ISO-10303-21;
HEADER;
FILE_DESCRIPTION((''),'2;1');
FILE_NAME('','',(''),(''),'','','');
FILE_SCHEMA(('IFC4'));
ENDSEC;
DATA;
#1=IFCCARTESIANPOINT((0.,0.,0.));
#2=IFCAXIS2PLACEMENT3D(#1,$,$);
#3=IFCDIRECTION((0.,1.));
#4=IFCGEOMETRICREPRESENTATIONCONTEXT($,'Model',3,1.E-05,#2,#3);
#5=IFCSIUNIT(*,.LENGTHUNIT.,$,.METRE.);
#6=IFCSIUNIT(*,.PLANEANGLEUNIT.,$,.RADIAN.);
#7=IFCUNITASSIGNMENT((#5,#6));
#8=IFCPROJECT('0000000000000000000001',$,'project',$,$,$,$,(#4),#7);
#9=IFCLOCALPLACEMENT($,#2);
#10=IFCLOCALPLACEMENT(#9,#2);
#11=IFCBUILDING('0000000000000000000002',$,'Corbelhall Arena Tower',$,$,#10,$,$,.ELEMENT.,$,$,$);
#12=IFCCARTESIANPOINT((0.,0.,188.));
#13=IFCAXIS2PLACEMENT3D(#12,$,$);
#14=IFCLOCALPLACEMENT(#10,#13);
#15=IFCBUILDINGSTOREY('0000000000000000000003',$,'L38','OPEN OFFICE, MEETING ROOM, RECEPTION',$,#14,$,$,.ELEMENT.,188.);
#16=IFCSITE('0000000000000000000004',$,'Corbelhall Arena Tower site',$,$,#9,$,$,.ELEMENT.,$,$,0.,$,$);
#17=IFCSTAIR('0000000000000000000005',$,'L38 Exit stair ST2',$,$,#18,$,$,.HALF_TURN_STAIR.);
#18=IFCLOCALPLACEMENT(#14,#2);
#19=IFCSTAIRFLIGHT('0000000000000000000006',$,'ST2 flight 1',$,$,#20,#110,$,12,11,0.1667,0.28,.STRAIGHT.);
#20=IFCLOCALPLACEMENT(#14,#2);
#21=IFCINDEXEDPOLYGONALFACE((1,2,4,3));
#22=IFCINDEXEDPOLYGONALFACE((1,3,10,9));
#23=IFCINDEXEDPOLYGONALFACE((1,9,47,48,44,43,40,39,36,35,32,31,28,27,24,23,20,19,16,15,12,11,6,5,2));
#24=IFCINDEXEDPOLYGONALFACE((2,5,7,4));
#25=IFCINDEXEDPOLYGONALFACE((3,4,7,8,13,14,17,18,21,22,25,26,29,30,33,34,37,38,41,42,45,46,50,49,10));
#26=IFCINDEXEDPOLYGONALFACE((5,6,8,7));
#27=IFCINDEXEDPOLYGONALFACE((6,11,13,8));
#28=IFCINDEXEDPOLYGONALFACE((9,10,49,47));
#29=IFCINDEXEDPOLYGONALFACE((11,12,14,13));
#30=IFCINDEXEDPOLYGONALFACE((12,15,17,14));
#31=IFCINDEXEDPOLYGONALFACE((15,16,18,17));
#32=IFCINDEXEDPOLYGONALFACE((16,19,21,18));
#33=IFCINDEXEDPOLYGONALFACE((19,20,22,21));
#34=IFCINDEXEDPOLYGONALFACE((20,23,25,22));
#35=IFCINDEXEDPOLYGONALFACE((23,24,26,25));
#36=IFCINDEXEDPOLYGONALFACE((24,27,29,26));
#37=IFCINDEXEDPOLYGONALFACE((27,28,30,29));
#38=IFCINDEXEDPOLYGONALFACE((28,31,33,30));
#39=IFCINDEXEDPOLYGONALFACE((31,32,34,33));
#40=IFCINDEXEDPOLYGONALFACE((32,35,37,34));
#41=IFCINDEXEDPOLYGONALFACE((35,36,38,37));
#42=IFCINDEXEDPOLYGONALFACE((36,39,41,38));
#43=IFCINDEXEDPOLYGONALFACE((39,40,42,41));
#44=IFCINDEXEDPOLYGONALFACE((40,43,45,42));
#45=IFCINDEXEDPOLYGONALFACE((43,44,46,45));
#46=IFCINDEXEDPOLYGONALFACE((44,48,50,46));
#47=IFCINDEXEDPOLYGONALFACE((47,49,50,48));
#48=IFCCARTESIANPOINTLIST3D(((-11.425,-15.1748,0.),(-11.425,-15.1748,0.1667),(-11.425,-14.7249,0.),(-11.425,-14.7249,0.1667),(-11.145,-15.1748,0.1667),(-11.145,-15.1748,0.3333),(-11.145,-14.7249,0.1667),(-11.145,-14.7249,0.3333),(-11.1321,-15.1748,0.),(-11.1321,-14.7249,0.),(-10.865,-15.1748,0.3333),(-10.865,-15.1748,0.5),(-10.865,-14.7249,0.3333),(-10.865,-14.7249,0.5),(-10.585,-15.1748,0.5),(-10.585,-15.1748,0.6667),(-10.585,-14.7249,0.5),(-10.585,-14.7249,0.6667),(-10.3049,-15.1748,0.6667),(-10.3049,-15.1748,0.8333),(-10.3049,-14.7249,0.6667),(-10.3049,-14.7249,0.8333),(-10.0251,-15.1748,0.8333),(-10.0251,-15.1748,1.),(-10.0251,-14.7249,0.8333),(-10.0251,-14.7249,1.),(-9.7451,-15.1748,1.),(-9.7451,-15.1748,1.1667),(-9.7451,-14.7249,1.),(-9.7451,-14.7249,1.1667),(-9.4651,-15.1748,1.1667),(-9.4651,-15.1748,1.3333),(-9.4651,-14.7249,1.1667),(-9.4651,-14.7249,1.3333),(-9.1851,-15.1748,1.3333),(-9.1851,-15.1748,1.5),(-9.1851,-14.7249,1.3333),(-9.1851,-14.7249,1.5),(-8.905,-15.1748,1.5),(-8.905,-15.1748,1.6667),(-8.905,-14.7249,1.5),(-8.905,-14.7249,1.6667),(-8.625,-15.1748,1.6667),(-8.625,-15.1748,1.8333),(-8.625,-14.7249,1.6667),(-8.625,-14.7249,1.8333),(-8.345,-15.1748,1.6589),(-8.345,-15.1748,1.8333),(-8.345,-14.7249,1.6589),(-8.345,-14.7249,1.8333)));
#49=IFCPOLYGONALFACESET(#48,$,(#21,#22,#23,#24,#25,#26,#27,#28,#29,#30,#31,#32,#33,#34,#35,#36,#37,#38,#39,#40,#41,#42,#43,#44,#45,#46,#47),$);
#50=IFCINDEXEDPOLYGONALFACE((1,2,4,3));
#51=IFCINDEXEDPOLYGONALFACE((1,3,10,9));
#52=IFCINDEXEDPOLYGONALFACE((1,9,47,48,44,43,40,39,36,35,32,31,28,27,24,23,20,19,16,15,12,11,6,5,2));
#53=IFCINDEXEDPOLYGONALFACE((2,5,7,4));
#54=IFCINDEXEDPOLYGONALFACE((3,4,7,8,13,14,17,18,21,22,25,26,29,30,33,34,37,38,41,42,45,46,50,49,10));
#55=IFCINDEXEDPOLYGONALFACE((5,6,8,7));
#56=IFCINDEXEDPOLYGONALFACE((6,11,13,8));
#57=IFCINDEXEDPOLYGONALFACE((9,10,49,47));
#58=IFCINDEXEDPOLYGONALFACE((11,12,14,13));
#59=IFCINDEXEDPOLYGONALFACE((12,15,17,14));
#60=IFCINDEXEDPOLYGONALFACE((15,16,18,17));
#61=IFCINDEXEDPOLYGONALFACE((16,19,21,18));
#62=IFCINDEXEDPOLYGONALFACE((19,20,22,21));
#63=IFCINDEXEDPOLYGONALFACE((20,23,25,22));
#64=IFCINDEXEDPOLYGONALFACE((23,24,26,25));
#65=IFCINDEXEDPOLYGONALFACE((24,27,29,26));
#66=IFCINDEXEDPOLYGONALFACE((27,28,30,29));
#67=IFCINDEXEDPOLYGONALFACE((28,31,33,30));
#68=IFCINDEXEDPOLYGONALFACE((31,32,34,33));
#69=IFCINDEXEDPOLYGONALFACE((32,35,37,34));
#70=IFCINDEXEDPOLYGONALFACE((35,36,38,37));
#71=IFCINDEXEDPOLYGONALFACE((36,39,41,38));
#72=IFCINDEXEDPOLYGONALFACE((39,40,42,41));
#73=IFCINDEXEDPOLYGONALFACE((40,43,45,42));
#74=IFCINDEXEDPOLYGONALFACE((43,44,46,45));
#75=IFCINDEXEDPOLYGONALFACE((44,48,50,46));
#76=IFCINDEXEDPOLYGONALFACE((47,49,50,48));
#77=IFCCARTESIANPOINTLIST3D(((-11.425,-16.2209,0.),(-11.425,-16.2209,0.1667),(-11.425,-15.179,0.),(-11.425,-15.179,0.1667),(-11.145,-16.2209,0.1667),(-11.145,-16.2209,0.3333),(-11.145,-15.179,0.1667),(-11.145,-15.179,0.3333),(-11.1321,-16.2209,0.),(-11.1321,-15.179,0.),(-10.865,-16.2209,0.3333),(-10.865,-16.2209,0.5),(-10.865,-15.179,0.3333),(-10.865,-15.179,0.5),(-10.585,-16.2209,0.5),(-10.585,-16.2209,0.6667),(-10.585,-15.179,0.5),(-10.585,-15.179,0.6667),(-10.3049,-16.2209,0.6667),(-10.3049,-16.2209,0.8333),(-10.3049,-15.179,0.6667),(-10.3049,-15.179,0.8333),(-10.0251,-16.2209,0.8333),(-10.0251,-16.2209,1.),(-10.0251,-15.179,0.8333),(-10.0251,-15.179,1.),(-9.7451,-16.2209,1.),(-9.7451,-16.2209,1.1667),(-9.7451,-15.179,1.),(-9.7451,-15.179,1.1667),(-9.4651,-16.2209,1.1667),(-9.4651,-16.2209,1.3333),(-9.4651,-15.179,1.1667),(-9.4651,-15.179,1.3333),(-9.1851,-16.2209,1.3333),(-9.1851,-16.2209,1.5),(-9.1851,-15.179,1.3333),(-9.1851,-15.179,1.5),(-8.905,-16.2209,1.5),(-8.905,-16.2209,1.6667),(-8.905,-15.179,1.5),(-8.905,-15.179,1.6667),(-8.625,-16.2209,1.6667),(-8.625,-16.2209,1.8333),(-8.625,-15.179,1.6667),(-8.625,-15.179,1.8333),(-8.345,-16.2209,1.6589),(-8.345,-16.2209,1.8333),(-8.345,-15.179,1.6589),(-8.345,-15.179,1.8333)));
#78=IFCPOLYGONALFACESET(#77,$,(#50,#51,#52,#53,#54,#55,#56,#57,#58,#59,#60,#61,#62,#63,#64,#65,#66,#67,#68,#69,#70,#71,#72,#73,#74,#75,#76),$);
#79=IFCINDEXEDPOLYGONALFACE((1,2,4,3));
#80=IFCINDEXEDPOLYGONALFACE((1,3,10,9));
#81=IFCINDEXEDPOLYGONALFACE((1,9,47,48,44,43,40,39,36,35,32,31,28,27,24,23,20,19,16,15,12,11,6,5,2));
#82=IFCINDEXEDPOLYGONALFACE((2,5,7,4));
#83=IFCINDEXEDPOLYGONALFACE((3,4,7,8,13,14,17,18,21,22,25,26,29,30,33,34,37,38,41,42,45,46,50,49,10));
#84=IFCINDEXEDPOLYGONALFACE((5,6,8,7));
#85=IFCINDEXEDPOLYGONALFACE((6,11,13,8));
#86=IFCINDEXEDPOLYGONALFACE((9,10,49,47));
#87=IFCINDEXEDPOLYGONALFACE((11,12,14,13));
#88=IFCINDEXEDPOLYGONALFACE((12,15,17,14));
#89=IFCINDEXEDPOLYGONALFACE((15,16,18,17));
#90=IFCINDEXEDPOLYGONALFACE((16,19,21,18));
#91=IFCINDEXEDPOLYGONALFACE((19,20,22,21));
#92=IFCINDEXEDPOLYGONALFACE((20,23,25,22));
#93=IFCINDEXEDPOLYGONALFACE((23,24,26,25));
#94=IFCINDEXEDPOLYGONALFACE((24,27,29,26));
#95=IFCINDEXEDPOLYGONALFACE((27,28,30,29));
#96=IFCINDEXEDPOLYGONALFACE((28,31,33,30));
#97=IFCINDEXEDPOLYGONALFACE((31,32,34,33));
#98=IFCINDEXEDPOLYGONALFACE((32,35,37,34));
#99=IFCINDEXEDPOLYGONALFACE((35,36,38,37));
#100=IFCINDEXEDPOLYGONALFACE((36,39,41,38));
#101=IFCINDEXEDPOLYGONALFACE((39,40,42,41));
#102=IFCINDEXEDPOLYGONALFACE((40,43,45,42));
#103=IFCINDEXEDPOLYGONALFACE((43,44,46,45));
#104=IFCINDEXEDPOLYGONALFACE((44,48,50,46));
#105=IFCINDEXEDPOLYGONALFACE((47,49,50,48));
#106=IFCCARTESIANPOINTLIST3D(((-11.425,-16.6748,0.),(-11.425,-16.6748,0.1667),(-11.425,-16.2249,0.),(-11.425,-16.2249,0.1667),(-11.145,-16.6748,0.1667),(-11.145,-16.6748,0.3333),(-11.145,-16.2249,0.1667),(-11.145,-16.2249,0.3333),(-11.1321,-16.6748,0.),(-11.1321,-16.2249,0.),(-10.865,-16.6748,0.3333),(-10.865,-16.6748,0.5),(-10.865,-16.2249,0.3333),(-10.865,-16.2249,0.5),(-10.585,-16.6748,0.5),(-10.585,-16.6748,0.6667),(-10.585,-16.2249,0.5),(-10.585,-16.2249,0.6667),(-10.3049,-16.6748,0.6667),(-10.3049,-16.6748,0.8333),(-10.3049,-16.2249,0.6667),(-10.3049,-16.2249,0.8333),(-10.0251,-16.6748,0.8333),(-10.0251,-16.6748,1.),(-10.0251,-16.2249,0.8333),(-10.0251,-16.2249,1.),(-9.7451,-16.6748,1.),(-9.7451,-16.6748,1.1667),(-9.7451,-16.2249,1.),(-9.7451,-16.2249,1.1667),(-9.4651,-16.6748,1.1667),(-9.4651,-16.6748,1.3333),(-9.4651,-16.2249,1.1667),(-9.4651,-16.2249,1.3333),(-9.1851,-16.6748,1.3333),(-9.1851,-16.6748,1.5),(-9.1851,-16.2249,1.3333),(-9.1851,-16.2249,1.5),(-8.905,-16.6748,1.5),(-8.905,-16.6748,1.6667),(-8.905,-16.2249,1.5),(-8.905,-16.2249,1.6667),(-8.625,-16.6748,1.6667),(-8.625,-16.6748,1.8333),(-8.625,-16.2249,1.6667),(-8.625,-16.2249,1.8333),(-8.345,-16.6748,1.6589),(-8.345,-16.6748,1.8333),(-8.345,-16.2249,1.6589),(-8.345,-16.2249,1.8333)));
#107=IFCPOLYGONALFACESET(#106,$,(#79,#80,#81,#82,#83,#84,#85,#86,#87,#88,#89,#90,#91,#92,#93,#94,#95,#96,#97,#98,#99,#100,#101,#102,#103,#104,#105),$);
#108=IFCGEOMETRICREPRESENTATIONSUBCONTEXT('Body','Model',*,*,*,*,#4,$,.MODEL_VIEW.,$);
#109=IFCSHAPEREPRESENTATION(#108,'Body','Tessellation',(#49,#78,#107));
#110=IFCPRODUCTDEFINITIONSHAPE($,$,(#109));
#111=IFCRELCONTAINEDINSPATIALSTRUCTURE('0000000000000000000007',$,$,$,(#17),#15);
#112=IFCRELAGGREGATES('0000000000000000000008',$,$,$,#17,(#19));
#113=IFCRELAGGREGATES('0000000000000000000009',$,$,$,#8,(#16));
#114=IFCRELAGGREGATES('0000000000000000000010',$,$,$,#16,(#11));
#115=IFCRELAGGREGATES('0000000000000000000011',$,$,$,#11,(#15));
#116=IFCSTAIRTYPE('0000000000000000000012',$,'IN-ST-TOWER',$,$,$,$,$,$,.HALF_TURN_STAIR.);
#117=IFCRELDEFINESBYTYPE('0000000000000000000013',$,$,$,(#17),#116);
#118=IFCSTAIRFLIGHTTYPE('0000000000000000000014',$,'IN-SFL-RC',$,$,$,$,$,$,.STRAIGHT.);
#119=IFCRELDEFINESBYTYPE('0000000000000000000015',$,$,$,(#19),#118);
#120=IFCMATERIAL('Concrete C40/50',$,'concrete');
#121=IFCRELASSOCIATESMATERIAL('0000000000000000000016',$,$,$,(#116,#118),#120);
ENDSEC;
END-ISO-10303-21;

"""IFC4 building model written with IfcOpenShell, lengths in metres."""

from ifc_helpers import new_model, si_unit, direction, frame, origin, place, context, subcontext, project, spatial, polyline, outline, extrude, material, type_object, element, aggregate, save


model = new_model("IFC4")

# Units and contexts
model_context = context("Model", 3, precision=1e-05, world=origin(), true_north=direction((0.0, 1.0)))
body_context = subcontext(model_context, "Body", "Model", "MODEL_VIEW")
ifc_project = project(units=[si_unit("LENGTHUNIT", "METRE"), si_unit("PLANEANGLEUNIT", "RADIAN")], contexts=[model_context])

# Site, building, storey
site_placement = place(None, origin())
site = spatial("IfcSite", under=ifc_project, at=site_placement, Name="Corbelhall Arena Tower site", CompositionType="ELEMENT", RefElevation=0.0)
building_placement = place(site_placement, origin())
building = spatial("IfcBuilding", under=site, at=building_placement, Name="Corbelhall Arena Tower", CompositionType="ELEMENT")
storey_placement = place(building_placement, frame((0.0, 0.0, 188.0)))
storey = spatial("IfcBuildingStorey", under=building, at=storey_placement, Name="L38", Description="OPEN OFFICE, MEETING ROOM, RECEPTION", CompositionType="ELEMENT", Elevation=188.0)

# Shared definitions
ifc_material_1 = material(Name="Concrete C40/50", Category="concrete")

# Stair, stair flight
stair_type = type_object("IfcStairType", Name="IN-ST-TOWER", PredefinedType="HALF_TURN_STAIR", material=ifc_material_1)
stair_placement = place(storey_placement, origin())
stair = element("IfcStair", 1, at=stair_placement, inside=storey, type_object=stair_type, Name="L38 Exit stair ST2", PredefinedType="HALF_TURN_STAIR")
stair_flight_type = type_object("IfcStairFlightType", Name="IN-SFL-RC", PredefinedType="STRAIGHT", material=ifc_material_1)
stair_flight_1_placement = place(storey_placement, frame((-11.425, -15.7, 0.0), z_axis=(0.0, 0.0, 1.0), x_axis=(1.0, 0.0, 0.0)))
stair_flight_1 = element("IfcStairFlight", 2, at=stair_flight_1_placement, type_object=stair_flight_type, Name="ST2 flight 1", NumberOfRisers=12, NumberOfTreads=11, PredefinedType="STRAIGHT", RiserHeight=0.1667, TreadLength=0.28, context=body_context, shape_type="SweptSolid", body=[
    extrude(outline(polyline([(0.0, 0.0), (0.0, 0.1667), (0.28, 0.1667), (0.28, 0.3333), (0.5601, 0.3333), (0.5601, 0.5), (0.8401, 0.5), (0.8401, 0.6667), (1.1201, 0.6667), (1.1201, 0.8333), (1.3999, 0.8333), (1.3999, 1.0), (1.6799, 1.0), (1.6799, 1.1667), (1.96, 1.1667), (1.96, 1.3333), (2.24, 1.3333), (2.24, 1.5), (2.52, 1.5), (2.52, 1.6667), (2.8, 1.6667), (2.8, 1.8333), (3.0801, 1.8333), (3.0801, 2.0), (3.0801, 1.6589), (0.293, 0.0), (0.0, 0.0)])), frame((0.0, 0.9751, 0.0), z_axis=(0.0, -1.0, 0.0), x_axis=(1.0, 0.0, 0.0)), (0.0, 0.0, 1.0), 0.45),
    extrude(outline(polyline([(0.0, 0.0), (0.0, 0.1667), (0.28, 0.1667), (0.28, 0.3333), (0.5601, 0.3333), (0.5601, 0.5), (0.8401, 0.5), (0.8401, 0.6667), (1.1201, 0.6667), (1.1201, 0.8333), (1.3999, 0.8333), (1.3999, 1.0), (1.6799, 1.0), (1.6799, 1.1667), (1.96, 1.1667), (1.96, 1.3333), (2.24, 1.3333), (2.24, 1.5), (2.52, 1.5), (2.52, 1.6667), (2.8, 1.6667), (2.8, 1.8333), (3.0801, 1.8333), (3.0801, 2.0), (3.0801, 1.6589), (0.293, 0.0), (0.0, 0.0)])), frame((0.0, 0.521, 0.0), z_axis=(0.0, -1.0, 0.0), x_axis=(1.0, 0.0, 0.0)), (0.0, 0.0, 1.0), 1.042),
    extrude(outline(polyline([(0.0, 0.0), (0.0, 0.1667), (0.28, 0.1667), (0.28, 0.3333), (0.5601, 0.3333), (0.5601, 0.5), (0.8401, 0.5), (0.8401, 0.6667), (1.1201, 0.6667), (1.1201, 0.8333), (1.3999, 0.8333), (1.3999, 1.0), (1.6799, 1.0), (1.6799, 1.1667), (1.96, 1.1667), (1.96, 1.3333), (2.24, 1.3333), (2.24, 1.5), (2.52, 1.5), (2.52, 1.6667), (2.8, 1.6667), (2.8, 1.8333), (3.0801, 1.8333), (3.0801, 2.0), (3.0801, 1.6589), (0.293, 0.0), (0.0, 0.0)])), frame((0.0, -0.5249, 0.0), z_axis=(0.0, -1.0, 0.0), x_axis=(1.0, 0.0, 0.0)), (0.0, 0.0, 1.0), 0.45),
])
aggregate(stair, [stair_flight_1])

save(model, "model.ifc")
